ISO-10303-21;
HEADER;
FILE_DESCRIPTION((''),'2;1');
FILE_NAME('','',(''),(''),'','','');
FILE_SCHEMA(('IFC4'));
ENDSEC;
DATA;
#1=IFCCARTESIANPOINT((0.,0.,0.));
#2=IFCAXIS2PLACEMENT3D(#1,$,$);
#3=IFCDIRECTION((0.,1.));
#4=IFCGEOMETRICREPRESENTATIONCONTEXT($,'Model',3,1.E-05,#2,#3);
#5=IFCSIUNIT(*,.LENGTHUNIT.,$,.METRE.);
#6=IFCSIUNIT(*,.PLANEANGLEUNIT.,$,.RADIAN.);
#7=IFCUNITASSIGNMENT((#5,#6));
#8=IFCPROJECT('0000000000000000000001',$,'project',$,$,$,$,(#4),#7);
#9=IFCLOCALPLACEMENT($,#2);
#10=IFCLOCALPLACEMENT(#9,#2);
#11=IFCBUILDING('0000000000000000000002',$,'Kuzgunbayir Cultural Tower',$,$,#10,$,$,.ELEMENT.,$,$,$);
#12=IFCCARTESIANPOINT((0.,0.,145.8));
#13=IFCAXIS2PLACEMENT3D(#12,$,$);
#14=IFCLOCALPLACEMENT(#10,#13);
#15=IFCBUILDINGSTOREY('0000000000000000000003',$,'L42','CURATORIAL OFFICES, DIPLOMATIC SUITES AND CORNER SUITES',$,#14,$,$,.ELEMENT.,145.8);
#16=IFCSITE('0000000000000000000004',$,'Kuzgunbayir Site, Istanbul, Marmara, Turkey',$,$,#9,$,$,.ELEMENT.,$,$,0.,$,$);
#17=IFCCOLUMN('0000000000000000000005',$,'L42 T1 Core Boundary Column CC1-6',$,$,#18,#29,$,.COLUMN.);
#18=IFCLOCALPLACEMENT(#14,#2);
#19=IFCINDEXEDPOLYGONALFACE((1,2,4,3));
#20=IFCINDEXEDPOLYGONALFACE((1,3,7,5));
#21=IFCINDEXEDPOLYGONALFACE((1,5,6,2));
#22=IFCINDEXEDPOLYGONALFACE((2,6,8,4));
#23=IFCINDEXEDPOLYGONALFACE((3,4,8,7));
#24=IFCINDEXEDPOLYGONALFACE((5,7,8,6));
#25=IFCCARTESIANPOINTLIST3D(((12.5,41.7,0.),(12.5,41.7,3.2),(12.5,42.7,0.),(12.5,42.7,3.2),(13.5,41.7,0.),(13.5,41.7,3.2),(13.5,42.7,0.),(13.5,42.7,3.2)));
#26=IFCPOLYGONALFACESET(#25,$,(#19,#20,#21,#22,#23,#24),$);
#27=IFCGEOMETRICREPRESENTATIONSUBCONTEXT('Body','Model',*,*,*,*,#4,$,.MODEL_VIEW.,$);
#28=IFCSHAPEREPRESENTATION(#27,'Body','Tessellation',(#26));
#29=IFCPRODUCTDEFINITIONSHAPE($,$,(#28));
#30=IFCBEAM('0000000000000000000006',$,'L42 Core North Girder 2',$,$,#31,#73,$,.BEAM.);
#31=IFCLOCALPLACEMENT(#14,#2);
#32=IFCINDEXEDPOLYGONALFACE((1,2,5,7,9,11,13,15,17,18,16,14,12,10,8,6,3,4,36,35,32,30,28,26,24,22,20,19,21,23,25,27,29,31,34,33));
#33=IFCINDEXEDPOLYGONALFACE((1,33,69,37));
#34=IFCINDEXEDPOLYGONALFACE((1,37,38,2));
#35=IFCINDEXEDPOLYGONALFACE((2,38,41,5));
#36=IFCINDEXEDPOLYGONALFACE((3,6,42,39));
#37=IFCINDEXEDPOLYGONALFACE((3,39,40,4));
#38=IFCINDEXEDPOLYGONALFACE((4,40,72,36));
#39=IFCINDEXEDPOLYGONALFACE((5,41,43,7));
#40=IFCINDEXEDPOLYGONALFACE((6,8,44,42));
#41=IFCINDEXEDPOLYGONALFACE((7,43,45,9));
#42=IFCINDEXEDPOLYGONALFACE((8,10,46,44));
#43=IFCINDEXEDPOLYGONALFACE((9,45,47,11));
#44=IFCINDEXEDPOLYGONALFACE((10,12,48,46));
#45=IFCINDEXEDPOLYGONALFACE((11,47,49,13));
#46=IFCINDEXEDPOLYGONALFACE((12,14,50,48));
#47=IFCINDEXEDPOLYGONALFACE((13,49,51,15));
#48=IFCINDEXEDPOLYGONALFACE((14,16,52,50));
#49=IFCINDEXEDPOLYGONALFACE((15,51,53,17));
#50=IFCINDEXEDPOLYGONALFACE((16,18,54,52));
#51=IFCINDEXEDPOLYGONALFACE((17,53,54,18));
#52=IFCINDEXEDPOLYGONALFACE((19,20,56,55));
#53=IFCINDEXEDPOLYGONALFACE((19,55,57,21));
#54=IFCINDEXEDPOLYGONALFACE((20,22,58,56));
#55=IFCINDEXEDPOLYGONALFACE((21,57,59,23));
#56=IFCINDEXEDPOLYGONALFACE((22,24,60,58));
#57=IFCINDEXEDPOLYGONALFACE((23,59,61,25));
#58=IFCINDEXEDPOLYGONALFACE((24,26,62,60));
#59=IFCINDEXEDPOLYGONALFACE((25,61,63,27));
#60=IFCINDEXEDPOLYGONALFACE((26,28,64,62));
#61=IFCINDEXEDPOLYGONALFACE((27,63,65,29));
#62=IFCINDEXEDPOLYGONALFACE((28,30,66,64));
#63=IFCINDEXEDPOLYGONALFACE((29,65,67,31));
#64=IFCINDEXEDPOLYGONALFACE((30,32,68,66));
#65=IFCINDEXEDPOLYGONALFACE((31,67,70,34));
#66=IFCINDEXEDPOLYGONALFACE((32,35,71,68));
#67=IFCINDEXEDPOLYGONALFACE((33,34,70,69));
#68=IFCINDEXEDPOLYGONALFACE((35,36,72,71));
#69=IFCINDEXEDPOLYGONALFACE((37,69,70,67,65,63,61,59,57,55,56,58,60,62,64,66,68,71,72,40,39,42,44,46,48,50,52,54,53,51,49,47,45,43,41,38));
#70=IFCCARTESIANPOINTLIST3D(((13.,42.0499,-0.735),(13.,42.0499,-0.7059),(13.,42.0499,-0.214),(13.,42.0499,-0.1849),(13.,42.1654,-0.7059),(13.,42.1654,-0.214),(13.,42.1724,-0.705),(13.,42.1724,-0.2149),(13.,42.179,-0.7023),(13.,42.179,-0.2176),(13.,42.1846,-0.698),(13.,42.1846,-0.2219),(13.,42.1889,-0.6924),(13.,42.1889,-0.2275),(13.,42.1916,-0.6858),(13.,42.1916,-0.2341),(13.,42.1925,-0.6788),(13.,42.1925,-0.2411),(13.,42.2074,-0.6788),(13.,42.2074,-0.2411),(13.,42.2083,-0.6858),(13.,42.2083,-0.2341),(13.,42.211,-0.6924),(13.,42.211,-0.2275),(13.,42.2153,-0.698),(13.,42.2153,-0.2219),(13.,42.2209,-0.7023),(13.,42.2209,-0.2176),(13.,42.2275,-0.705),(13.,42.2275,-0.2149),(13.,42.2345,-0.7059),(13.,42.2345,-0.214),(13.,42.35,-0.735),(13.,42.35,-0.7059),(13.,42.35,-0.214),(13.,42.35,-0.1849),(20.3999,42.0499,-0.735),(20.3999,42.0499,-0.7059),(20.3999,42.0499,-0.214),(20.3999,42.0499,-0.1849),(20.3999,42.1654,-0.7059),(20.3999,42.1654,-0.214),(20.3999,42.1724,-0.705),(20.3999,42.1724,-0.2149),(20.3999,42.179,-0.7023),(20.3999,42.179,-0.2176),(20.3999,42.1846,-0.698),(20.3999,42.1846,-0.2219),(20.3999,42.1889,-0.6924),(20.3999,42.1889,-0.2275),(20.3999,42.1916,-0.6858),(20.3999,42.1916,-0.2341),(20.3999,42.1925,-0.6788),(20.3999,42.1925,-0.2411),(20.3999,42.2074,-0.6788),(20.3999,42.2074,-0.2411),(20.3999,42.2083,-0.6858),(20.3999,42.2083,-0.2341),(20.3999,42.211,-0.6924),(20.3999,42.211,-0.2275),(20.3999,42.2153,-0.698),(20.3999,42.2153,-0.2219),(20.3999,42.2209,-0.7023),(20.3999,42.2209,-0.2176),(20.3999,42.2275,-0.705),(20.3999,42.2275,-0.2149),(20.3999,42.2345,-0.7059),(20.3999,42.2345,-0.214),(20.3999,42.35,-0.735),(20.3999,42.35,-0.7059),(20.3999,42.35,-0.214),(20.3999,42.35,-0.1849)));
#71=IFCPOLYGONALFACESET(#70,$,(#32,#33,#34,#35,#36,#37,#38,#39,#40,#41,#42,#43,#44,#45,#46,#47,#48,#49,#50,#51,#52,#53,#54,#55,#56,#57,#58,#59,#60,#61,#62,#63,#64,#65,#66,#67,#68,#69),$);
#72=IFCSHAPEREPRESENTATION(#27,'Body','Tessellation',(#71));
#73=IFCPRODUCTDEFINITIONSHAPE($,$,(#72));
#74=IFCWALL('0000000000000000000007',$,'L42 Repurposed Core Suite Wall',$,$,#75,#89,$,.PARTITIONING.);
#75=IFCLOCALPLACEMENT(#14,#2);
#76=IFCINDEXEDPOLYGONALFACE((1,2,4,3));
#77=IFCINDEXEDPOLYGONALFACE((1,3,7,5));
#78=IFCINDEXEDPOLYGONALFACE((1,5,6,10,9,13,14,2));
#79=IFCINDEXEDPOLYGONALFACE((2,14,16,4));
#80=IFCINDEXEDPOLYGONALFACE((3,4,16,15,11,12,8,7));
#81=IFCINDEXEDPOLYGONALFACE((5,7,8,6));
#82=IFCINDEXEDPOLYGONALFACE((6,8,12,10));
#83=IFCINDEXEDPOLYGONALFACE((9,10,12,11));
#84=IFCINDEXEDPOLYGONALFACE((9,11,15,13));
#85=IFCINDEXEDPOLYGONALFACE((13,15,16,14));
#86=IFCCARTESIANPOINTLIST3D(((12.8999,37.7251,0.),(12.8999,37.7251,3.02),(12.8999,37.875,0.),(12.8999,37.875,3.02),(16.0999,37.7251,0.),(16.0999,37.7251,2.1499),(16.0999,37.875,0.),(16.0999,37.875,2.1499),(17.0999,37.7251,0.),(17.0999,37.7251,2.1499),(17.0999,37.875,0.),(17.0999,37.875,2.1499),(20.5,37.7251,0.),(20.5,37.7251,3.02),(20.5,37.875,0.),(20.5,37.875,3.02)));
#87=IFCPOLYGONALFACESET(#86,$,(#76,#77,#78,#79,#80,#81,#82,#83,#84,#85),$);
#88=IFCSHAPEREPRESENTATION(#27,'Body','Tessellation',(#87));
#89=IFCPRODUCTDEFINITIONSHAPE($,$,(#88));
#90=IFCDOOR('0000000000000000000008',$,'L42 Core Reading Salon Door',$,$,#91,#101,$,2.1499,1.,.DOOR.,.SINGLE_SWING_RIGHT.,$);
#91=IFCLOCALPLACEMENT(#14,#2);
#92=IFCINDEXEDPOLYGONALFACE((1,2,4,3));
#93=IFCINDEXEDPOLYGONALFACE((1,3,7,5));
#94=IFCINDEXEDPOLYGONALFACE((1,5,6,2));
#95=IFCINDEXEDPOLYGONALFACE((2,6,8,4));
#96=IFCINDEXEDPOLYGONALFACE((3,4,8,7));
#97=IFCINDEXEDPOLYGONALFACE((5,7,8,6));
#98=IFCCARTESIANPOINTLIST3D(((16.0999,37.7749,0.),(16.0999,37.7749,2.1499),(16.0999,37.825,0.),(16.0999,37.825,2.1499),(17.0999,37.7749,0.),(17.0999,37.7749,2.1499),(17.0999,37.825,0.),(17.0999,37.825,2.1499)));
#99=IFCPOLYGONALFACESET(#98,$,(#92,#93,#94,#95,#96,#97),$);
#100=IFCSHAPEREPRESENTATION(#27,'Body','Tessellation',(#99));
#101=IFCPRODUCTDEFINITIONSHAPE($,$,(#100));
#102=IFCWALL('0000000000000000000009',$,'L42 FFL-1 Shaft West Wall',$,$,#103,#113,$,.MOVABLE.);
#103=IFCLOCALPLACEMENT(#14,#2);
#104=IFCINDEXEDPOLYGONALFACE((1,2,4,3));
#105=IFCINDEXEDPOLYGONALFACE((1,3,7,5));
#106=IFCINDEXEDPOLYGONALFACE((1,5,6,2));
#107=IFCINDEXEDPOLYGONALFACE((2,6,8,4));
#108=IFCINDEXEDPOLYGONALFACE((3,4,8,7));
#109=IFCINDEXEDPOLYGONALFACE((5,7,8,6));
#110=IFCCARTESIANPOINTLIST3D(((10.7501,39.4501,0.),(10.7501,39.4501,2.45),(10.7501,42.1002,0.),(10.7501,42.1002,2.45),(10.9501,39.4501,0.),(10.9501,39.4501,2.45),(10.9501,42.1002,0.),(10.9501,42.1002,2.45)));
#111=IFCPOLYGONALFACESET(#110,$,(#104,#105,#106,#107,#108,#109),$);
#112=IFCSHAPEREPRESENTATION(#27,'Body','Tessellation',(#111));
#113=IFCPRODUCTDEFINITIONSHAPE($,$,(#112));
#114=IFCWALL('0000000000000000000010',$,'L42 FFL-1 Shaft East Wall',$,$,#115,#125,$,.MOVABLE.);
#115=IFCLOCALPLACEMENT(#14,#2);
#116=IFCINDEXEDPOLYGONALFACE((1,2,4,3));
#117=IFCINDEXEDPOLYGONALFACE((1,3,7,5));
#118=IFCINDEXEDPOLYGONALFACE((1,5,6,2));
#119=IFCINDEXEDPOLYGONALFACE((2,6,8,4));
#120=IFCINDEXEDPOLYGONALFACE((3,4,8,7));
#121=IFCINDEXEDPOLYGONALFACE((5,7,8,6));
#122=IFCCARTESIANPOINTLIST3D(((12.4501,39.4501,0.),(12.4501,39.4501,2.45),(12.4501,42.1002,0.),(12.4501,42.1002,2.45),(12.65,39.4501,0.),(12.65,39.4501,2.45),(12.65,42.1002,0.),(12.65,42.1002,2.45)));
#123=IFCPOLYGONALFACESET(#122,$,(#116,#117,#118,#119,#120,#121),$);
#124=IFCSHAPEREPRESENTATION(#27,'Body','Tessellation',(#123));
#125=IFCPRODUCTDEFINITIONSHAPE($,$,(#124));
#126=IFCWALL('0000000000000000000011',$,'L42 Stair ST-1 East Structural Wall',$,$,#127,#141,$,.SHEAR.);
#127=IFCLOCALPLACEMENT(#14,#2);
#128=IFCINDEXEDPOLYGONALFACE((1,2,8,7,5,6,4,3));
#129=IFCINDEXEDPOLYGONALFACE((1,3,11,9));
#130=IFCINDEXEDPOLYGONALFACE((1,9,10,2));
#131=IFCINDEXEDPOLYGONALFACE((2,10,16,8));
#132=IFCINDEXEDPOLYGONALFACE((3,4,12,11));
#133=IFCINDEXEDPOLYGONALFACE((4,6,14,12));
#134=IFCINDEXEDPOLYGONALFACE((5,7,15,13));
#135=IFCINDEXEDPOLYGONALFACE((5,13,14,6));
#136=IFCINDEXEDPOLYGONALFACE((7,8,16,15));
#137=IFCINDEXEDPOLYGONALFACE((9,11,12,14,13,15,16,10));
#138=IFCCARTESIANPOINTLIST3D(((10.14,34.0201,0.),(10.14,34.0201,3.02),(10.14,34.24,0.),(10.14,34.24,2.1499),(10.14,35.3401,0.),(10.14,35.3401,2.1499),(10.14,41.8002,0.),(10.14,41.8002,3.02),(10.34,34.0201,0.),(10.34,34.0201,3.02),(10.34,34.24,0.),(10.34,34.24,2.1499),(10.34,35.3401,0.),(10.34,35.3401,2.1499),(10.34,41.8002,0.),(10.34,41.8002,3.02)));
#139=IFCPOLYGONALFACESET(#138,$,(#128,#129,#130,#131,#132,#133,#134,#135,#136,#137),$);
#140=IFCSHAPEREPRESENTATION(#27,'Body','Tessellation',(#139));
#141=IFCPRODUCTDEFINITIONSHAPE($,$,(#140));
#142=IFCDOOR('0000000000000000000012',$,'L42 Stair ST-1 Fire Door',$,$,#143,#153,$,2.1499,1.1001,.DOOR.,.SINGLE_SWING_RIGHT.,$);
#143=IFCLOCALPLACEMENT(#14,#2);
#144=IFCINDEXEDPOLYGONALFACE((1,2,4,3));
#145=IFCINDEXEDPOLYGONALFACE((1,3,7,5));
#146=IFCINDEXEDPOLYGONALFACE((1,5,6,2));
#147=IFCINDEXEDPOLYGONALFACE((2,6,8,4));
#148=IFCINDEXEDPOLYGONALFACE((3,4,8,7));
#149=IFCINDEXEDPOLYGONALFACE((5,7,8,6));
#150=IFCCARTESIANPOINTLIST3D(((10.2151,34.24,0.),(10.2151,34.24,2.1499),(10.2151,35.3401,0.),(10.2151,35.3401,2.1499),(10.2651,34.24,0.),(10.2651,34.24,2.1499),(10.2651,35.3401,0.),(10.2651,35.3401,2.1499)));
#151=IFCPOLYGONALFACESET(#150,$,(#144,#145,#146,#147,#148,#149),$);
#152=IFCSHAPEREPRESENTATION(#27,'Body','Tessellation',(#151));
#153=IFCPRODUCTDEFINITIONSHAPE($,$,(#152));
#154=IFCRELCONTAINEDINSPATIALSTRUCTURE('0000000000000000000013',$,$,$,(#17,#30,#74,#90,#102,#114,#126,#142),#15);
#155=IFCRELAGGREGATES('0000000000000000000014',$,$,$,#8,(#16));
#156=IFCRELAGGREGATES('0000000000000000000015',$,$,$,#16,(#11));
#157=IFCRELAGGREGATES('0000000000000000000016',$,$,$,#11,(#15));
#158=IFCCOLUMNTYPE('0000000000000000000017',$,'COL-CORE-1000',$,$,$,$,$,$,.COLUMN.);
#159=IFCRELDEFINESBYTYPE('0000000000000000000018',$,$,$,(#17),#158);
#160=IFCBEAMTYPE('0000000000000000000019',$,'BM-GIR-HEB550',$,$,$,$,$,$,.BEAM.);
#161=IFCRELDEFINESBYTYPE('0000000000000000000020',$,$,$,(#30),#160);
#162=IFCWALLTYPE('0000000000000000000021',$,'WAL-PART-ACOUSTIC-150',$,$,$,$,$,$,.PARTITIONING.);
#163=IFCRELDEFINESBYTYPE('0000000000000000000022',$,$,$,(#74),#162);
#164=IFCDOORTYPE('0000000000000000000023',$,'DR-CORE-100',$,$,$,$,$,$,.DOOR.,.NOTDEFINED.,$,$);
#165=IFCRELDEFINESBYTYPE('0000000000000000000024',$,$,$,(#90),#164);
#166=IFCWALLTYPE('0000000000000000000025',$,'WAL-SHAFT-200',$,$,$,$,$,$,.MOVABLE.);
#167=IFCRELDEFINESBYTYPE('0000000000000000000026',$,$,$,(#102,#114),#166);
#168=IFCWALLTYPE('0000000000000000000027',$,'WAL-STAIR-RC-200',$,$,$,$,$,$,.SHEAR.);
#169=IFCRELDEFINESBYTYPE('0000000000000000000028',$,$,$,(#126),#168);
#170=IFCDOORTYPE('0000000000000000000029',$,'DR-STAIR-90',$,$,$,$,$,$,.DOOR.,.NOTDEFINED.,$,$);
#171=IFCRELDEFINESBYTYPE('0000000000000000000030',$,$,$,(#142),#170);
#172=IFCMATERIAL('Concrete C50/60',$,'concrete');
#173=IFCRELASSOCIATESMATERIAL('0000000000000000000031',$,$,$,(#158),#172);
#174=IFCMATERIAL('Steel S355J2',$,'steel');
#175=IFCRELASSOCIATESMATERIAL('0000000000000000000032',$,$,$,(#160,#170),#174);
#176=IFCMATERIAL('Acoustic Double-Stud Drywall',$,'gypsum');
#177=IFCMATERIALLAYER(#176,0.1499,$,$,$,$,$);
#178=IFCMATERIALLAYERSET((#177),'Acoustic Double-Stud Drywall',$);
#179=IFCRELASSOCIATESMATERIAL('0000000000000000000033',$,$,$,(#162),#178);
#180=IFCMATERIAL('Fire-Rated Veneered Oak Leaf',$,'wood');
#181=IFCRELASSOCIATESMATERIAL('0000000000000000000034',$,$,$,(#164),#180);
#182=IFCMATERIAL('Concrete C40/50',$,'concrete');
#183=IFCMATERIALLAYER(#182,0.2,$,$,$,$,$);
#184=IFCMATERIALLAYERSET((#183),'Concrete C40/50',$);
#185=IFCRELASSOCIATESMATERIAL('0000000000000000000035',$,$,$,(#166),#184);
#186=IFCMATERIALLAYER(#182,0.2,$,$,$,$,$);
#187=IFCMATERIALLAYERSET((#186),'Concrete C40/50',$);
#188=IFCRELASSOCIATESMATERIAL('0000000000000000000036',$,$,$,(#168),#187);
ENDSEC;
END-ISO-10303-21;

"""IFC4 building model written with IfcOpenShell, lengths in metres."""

from ifc_helpers import new_model, si_unit, direction, frame, frame_2d, origin, origin_2d, place, context, subcontext, project, spatial, rectangle, i_section, extrude, material, layer, layer_set, material_profile, profile_set, type_object, element, fill, save


model = new_model("IFC4")

# Units and contexts
model_context = context("Model", 3, precision=1e-05, world=origin(), true_north=direction((0.0, 1.0)))
body_context = subcontext(model_context, "Body", "Model", "MODEL_VIEW")
ifc_project = project(units=[si_unit("LENGTHUNIT", "METRE"), si_unit("PLANEANGLEUNIT", "RADIAN")], contexts=[model_context])

# Site, building, storey
site_placement = place(None, origin())
site = spatial("IfcSite", under=ifc_project, at=site_placement, Name="Kuzgunbayir Site, Istanbul, Marmara, Turkey", CompositionType="ELEMENT", RefElevation=0.0)
building_placement = place(site_placement, origin())
building = spatial("IfcBuilding", under=site, at=building_placement, Name="Kuzgunbayir Cultural Tower", CompositionType="ELEMENT")
storey_placement = place(building_placement, frame((0.0, 0.0, 145.8)))
storey = spatial("IfcBuildingStorey", under=building, at=storey_placement, Name="L42", Description="CURATORIAL OFFICES, DIPLOMATIC SUITES AND CORNER SUITES", CompositionType="ELEMENT", Elevation=145.8)

# Column
ifc_material_1 = material(Name="Concrete C50/60", Category="concrete")
ifc_material_profile_1 = material_profile(ifc_material_1, rectangle(XDim=1.0, YDim=1.0, at=origin_2d()), Name="RC 1000x1000")
ifc_profile_set_1 = profile_set([ifc_material_profile_1], Name="Concrete C50/60")
column_type = type_object("IfcColumnType", Name="COL-CORE-1000", PredefinedType="COLUMN", material=ifc_profile_set_1)
column_placement = place(storey_placement, frame((13.0, 42.2, 0.0), z_axis=(0.0, 0.0, 1.0), x_axis=(1.0, 0.0, 0.0)))
element("IfcColumn", 1, at=column_placement, inside=storey, type_object=column_type, Name="L42 T1 Core Boundary Column CC1-6", PredefinedType="COLUMN", context=body_context, shape_type="SweptSolid", body=[
    extrude(rectangle(XDim=1.0, YDim=1.0, at=origin_2d()), origin(), (0.0, 0.0, 1.0), 3.2),
])

# Beam
ifc_material_2 = material(Name="Steel S355J2", Category="steel")
ifc_material_profile_2 = material_profile(ifc_material_2, i_section(OverallWidth=0.3, OverallDepth=0.55, WebThickness=0.0149, FlangeThickness=0.0291, FilletRadius=0.0271, at=origin_2d()), Name="HEB 550")
ifc_profile_set_2 = profile_set([ifc_material_profile_2], Name="Steel S355J2")
beam_type = type_object("IfcBeamType", Name="BM-GIR-HEB550", PredefinedType="BEAM", material=ifc_profile_set_2)
beam_placement = place(storey_placement, frame((13.0, 42.2, -0.46), z_axis=(1.0, 0.0, 0.0), x_axis=(0.0, 1.0, 0.0)))
element("IfcBeam", 2, at=beam_placement, inside=storey, type_object=beam_type, Name="L42 Core North Girder 2", PredefinedType="BEAM", context=body_context, shape_type="SweptSolid", body=[
    extrude(i_section(OverallWidth=0.3, OverallDepth=0.55, WebThickness=0.0149, FlangeThickness=0.0291, FilletRadius=0.0271, at=origin_2d()), origin(), (0.0, 0.0, 1.0), 7.3999),
])

# Wall, opening, door
ifc_material_3 = material(Name="Acoustic Double-Stud Drywall", Category="gypsum")
ifc_layer_1 = layer(ifc_material_3, 0.1499)
ifc_layer_set_1 = layer_set([ifc_layer_1], Name="Acoustic Double-Stud Drywall")
wall_type_1 = type_object("IfcWallType", Name="WAL-PART-ACOUSTIC-150", PredefinedType="PARTITIONING", material=ifc_layer_set_1)
wall_1_placement = place(storey_placement, frame((12.8999, 37.8, 0.0), z_axis=(0.0, 0.0, 1.0), x_axis=(1.0, 0.0, 0.0)))
wall_1 = element("IfcWall", 3, at=wall_1_placement, inside=storey, type_object=wall_type_1, Name="L42 Repurposed Core Suite Wall", PredefinedType="PARTITIONING", context=body_context, shape_type="SweptSolid", body=[
    extrude(rectangle(XDim=7.6001, YDim=0.1499, at=frame_2d((3.8, 0.0))), origin(), (0.0, 0.0, 1.0), 3.02),
])
opening_1_placement = place(wall_1_placement, frame((3.2, 0.0, 0.0)))
opening_1 = element("IfcOpeningElement", 4, at=opening_1_placement, cuts=wall_1, PredefinedType="OPENING", context=body_context, shape_type="SweptSolid", body=[
    extrude(rectangle(XDim=1.0, YDim=2.1499, at=frame_2d((0.5, 1.075))), frame((0.0, 0.085, 0.0), z_axis=(0.0, -1.0, 0.0), x_axis=(1.0, 0.0, 0.0)), (0.0, 0.0, 1.0), 0.1699),
])
ifc_material_4 = material(Name="Fire-Rated Veneered Oak Leaf", Category="wood")
door_type_1 = type_object("IfcDoorType", Name="DR-CORE-100", OperationType="NOTDEFINED", PredefinedType="DOOR", material=ifc_material_4)
door_1_placement = place(opening_1_placement, origin())
door_1 = element("IfcDoor", 5, at=door_1_placement, inside=storey, type_object=door_type_1, Name="L42 Core Reading Salon Door", OperationType="SINGLE_SWING_RIGHT", OverallHeight=2.1499, OverallWidth=1.0, PredefinedType="DOOR", context=body_context, shape_type="SweptSolid", body=[
    extrude(rectangle(XDim=1.0, YDim=2.1499, at=frame_2d((0.5, 1.075))), frame((0.0, 0.0249, 0.0), z_axis=(0.0, -1.0, 0.0), x_axis=(1.0, 0.0, 0.0)), (0.0, 0.0, 1.0), 0.05),
])
fill(opening_1, door_1)
ifc_material_5 = material(Name="Concrete C40/50", Category="concrete")
ifc_layer_2 = layer(ifc_material_5, 0.2)
ifc_layer_set_2 = layer_set([ifc_layer_2], Name="Concrete C40/50")
wall_type_2 = type_object("IfcWallType", Name="WAL-SHAFT-200", PredefinedType="MOVABLE", material=ifc_layer_set_2)

# Walls
for number, where, z_axis, x_axis, name in (
    (6, (10.8501, 39.45, 0.0), (0.0, 0.0, 1.0), (0.0, 1.0, 0.0), "L42 FFL-1 Shaft West Wall"),
    (7, (12.55, 39.45, 0.0), (0.0, 0.0, 1.0), (0.0, 1.0, 0.0), "L42 FFL-1 Shaft East Wall"),
):
    element("IfcWall", number, at=place(storey_placement, frame(where, z_axis=z_axis, x_axis=x_axis)), inside=storey, type_object=wall_type_2, Name=name, PredefinedType="MOVABLE", context=body_context, shape_type="SweptSolid", body=[
        extrude(rectangle(XDim=2.6501, YDim=0.2, at=frame_2d((1.3252, 0.0))), origin(), (0.0, 0.0, 1.0), 2.45),
    ])

# Wall, opening, door
ifc_layer_3 = layer(ifc_material_5, 0.2)
ifc_layer_set_3 = layer_set([ifc_layer_3], Name="Concrete C40/50")
wall_type_3 = type_object("IfcWallType", Name="WAL-STAIR-RC-200", PredefinedType="SHEAR", material=ifc_layer_set_3)
wall_2_placement = place(storey_placement, frame((10.24, 34.02, 0.0), z_axis=(0.0, 0.0, 1.0), x_axis=(0.0, 1.0, 0.0)))
wall_2 = element("IfcWall", 8, at=wall_2_placement, inside=storey, type_object=wall_type_3, Name="L42 Stair ST-1 East Structural Wall", PredefinedType="SHEAR", context=body_context, shape_type="SweptSolid", body=[
    extrude(rectangle(XDim=7.78, YDim=0.2, at=frame_2d((3.8901, 0.0))), origin(), (0.0, 0.0, 1.0), 3.02),
])
opening_2_placement = place(wall_2_placement, frame((0.22, 0.0, 0.0)))
opening_2 = element("IfcOpeningElement", 9, at=opening_2_placement, cuts=wall_2, PredefinedType="OPENING", context=body_context, shape_type="SweptSolid", body=[
    extrude(rectangle(XDim=1.1001, YDim=2.1499, at=frame_2d((0.55, 1.075))), frame((0.0, 0.1099, 0.0), z_axis=(0.0, -1.0, 0.0), x_axis=(1.0, 0.0, 0.0)), (0.0, 0.0, 1.0), 0.22),
])
door_type_2 = type_object("IfcDoorType", Name="DR-STAIR-90", OperationType="NOTDEFINED", PredefinedType="DOOR", material=ifc_material_2)
door_2_placement = place(opening_2_placement, origin())
door_2 = element("IfcDoor", 10, at=door_2_placement, inside=storey, type_object=door_type_2, Name="L42 Stair ST-1 Fire Door", OperationType="SINGLE_SWING_RIGHT", OverallHeight=2.1499, OverallWidth=1.1001, PredefinedType="DOOR", context=body_context, shape_type="SweptSolid", body=[
    extrude(rectangle(XDim=1.1001, YDim=2.1499, at=frame_2d((0.55, 1.075))), frame((0.0, 0.0249, 0.0), z_axis=(0.0, -1.0, 0.0), x_axis=(1.0, 0.0, 0.0)), (0.0, 0.0, 1.0), 0.05),
])
fill(opening_2, door_2)

save(model, "model.ifc")
